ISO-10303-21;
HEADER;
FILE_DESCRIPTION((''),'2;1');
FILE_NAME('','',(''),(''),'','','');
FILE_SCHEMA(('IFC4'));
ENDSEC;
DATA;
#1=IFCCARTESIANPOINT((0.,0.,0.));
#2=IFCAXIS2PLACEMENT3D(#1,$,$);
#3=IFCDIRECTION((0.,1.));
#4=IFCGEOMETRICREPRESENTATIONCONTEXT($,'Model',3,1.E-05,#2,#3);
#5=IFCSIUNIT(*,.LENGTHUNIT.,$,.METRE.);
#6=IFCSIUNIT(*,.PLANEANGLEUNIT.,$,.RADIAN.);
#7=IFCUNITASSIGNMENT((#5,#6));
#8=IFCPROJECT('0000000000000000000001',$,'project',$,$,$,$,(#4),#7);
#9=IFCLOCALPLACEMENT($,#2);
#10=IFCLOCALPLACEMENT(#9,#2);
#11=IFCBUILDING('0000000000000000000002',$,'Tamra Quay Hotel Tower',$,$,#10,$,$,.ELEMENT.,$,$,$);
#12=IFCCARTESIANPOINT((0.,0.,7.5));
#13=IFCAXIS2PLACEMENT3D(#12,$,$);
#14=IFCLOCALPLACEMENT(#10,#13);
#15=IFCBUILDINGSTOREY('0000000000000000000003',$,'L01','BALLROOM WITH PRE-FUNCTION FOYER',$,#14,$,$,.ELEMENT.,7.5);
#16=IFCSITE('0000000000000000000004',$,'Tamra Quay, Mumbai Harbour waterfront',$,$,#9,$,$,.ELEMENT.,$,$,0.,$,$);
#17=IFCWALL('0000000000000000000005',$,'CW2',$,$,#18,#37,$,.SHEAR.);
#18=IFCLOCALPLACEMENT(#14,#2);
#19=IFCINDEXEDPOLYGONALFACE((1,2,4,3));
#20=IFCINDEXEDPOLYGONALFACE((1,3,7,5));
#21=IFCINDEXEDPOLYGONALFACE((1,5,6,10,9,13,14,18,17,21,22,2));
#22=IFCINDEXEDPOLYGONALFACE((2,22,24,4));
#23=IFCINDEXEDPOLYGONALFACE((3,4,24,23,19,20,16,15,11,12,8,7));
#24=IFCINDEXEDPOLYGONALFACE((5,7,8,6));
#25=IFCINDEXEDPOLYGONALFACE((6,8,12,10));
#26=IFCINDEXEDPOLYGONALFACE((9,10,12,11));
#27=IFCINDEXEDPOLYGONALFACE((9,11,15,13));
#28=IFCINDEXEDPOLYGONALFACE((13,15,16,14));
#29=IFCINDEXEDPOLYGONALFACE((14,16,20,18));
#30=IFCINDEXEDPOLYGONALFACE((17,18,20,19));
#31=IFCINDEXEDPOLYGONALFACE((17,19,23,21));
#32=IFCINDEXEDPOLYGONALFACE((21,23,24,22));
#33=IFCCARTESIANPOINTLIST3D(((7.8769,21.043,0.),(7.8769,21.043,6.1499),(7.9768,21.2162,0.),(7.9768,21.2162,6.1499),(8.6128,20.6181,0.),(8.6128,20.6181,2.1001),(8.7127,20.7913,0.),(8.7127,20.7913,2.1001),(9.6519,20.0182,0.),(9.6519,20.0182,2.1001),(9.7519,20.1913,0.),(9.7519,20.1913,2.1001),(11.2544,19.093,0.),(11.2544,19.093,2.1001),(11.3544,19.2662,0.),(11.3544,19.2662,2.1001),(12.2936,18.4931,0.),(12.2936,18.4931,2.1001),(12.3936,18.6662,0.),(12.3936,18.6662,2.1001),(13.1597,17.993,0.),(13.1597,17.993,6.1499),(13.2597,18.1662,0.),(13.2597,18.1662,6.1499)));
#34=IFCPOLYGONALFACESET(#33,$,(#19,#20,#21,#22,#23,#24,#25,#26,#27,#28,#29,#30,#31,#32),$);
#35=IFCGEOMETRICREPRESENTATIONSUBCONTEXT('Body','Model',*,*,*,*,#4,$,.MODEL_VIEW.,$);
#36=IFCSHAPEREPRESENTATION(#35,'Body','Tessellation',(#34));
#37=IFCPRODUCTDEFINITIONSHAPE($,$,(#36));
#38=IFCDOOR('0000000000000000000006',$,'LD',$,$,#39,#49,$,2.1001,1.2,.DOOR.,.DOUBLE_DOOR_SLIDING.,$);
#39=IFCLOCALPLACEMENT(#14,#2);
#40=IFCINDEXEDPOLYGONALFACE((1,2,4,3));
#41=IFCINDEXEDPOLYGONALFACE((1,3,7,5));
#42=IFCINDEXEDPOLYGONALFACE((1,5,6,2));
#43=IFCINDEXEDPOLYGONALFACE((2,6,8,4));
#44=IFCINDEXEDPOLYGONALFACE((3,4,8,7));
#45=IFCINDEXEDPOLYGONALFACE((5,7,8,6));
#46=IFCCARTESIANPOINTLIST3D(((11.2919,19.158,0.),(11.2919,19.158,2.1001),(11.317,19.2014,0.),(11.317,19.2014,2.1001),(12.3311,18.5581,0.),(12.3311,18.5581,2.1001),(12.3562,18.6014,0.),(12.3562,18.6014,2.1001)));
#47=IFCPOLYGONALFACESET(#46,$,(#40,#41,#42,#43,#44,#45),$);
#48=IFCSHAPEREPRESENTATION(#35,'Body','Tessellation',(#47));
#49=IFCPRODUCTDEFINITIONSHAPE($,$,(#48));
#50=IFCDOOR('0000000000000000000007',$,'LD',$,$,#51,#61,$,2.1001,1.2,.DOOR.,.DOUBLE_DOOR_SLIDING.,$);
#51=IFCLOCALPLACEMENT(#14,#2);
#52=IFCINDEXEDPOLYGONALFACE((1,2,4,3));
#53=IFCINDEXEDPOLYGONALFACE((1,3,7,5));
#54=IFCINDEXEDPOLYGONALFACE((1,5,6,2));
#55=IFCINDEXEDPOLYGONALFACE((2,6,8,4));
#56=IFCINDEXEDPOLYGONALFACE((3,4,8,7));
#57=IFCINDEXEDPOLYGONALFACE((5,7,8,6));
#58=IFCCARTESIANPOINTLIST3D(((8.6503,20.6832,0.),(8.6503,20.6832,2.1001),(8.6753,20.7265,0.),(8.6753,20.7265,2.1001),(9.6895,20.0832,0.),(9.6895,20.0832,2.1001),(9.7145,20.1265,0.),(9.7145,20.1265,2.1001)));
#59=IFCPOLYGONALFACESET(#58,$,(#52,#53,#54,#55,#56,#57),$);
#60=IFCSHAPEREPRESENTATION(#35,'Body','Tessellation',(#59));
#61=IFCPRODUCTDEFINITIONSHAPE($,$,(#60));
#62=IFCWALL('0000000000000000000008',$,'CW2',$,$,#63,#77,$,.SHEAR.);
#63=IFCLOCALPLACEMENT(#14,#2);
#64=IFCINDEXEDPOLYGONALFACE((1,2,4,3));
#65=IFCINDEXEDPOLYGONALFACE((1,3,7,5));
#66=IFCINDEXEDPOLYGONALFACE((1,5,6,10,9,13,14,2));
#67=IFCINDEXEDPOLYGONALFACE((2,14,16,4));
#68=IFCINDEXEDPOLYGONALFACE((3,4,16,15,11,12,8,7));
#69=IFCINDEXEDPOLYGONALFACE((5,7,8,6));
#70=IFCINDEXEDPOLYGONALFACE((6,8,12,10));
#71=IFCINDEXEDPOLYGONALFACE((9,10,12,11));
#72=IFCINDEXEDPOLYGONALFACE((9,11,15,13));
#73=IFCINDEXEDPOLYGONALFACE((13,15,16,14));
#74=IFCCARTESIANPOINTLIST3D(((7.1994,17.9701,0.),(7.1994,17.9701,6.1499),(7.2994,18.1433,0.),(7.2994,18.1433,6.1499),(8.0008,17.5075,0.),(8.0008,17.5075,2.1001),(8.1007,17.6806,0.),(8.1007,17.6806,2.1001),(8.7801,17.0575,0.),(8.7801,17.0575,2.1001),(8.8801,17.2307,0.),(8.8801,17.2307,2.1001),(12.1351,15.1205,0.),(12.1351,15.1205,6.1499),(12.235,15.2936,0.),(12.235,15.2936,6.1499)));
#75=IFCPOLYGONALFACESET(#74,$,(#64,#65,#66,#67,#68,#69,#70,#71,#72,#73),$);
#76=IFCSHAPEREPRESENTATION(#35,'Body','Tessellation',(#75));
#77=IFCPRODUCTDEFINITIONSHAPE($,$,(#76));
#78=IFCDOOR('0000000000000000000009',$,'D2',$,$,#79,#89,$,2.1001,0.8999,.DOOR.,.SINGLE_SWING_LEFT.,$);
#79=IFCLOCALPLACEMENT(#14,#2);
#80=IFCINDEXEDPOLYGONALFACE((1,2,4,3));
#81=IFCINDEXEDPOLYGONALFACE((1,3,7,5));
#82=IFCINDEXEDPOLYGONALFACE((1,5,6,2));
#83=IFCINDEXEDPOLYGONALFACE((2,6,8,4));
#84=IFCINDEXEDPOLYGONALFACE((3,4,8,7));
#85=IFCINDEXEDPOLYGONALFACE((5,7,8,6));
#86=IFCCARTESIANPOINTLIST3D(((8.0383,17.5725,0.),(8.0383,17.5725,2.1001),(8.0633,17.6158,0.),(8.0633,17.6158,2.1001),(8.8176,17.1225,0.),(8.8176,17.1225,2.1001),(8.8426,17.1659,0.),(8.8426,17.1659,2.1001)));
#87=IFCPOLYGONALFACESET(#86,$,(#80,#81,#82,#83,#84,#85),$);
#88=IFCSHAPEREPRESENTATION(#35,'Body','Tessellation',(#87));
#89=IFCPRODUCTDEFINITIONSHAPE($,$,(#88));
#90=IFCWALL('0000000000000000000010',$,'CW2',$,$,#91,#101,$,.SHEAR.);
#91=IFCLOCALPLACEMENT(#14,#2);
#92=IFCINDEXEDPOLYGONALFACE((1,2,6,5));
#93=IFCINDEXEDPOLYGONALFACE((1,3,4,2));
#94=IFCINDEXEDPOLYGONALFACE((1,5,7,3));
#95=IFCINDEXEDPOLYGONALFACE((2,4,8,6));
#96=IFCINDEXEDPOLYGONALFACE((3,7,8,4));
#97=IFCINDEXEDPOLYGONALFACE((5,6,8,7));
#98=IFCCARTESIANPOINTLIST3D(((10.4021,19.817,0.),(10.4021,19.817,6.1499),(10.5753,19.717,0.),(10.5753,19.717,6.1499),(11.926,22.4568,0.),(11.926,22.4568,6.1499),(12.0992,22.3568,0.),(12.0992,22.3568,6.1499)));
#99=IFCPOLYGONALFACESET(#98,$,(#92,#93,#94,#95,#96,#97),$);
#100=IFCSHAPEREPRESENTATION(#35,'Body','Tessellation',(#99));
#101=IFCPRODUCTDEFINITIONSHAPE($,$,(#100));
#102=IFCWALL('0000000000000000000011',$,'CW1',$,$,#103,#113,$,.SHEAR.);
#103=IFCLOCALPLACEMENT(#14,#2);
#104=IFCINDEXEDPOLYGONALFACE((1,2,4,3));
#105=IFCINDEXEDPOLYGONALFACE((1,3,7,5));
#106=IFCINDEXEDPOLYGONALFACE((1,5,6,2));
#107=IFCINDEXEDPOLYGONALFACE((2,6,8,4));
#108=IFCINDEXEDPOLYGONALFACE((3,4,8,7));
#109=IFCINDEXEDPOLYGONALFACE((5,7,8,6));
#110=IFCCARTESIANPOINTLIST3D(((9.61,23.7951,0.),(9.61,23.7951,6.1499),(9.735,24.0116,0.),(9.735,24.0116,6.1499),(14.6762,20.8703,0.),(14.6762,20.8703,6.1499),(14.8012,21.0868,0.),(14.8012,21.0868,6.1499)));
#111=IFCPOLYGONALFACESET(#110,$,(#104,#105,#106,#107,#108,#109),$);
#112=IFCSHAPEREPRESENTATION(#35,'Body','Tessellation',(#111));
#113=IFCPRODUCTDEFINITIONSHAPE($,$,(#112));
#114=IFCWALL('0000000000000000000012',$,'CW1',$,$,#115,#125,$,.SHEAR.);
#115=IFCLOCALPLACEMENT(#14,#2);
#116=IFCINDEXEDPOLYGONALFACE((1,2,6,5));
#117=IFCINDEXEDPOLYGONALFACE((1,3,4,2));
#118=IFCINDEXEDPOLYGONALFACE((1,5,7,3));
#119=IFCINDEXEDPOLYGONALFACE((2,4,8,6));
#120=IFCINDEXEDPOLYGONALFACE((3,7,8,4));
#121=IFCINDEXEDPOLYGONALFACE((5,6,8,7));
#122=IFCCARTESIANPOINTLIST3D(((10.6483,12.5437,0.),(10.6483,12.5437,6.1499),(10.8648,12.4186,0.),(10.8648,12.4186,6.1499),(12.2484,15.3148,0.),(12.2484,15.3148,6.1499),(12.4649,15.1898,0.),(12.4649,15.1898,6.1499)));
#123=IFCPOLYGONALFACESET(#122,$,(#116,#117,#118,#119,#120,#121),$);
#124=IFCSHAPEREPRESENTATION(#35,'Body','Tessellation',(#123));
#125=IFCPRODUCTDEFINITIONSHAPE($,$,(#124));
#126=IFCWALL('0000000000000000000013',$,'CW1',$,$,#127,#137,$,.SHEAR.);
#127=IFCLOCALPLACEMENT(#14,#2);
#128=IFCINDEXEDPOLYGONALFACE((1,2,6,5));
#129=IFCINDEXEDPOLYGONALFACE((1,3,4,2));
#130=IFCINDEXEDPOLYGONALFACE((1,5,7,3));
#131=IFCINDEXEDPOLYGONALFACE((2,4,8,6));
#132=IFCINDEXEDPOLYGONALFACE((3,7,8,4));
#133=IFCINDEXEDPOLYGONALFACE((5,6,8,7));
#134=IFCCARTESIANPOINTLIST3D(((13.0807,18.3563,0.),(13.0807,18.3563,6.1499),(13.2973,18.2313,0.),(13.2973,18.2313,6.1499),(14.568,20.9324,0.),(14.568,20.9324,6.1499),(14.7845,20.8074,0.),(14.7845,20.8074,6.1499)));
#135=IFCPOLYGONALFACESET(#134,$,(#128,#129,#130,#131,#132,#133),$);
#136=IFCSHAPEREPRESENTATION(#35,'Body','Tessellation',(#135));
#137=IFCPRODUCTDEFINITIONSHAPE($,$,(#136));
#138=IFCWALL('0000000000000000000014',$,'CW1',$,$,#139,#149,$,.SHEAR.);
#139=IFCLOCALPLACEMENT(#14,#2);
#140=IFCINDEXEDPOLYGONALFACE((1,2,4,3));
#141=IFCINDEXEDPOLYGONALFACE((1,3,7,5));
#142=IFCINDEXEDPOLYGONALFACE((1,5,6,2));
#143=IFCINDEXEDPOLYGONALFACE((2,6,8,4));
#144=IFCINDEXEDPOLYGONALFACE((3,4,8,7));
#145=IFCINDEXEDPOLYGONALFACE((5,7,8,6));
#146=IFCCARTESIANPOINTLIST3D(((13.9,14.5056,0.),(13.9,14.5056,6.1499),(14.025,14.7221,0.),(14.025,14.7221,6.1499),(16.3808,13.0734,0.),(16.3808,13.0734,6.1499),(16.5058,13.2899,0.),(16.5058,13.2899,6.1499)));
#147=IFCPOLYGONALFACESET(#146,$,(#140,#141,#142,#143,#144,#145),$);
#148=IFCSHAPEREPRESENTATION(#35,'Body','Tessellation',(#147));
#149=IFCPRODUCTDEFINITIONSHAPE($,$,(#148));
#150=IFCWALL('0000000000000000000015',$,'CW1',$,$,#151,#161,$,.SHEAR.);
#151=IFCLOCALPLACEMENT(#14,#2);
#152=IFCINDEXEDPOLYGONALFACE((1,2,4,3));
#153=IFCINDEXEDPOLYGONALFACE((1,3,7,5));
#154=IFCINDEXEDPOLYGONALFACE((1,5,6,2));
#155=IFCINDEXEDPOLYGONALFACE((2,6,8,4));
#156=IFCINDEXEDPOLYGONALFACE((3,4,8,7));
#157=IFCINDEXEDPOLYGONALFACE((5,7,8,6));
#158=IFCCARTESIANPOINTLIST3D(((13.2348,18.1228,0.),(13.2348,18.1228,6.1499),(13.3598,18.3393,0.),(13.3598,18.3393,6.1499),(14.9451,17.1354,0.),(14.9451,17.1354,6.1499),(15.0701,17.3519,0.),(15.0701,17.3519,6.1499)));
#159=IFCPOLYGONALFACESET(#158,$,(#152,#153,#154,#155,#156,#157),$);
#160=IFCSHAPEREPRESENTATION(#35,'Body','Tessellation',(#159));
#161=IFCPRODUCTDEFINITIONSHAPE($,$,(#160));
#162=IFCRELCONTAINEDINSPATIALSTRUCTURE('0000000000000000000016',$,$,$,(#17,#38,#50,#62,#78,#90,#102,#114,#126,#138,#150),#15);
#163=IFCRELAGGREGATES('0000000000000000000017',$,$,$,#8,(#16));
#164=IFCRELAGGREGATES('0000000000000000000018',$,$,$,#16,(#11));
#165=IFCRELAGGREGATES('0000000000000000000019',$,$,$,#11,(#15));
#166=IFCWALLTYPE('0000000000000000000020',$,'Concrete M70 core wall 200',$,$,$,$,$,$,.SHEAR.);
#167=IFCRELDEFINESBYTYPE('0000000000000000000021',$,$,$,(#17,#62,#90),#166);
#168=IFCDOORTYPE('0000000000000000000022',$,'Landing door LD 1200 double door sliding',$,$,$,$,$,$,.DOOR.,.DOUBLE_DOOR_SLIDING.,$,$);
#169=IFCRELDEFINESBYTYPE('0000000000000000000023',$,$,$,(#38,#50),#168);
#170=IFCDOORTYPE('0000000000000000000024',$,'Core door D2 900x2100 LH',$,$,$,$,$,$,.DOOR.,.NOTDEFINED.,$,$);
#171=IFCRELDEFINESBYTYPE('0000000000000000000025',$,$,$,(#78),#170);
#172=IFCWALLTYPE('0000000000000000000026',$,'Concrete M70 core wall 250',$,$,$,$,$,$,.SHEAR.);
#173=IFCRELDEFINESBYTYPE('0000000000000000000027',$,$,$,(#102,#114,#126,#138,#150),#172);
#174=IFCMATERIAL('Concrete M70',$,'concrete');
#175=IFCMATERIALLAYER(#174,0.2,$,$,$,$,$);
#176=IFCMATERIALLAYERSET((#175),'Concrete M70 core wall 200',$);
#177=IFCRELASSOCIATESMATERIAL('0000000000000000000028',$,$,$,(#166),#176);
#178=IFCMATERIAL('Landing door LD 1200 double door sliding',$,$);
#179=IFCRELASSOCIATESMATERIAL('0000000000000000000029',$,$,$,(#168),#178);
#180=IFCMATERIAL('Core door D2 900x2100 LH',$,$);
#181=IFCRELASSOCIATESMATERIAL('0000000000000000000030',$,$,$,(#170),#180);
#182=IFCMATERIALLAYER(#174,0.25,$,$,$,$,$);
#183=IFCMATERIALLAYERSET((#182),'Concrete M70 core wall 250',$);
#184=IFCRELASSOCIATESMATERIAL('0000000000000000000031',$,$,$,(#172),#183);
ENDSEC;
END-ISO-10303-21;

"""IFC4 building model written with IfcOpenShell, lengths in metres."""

from ifc_helpers import new_model, si_unit, direction, frame, frame_2d, origin, place, context, subcontext, project, spatial, rectangle, extrude, material, layer, layer_set, type_object, element, fill, save


model = new_model("IFC4")

# Units and contexts
model_context = context("Model", 3, precision=1e-05, world=origin(), true_north=direction((0.0, 1.0)))
body_context = subcontext(model_context, "Body", "Model", "MODEL_VIEW")
ifc_project = project(units=[si_unit("LENGTHUNIT", "METRE"), si_unit("PLANEANGLEUNIT", "RADIAN")], contexts=[model_context])

# Site, building, storey
site_placement = place(None, origin())
site = spatial("IfcSite", under=ifc_project, at=site_placement, Name="Tamra Quay, Mumbai Harbour waterfront", CompositionType="ELEMENT", RefElevation=0.0)
building_placement = place(site_placement, origin())
building = spatial("IfcBuilding", under=site, at=building_placement, Name="Tamra Quay Hotel Tower", CompositionType="ELEMENT")
storey_placement = place(building_placement, frame((0.0, 0.0, 7.5)))
storey = spatial("IfcBuildingStorey", under=building, at=storey_placement, Name="L01", Description="BALLROOM WITH PRE-FUNCTION FOYER", CompositionType="ELEMENT", Elevation=7.5)

# Shared definitions
ifc_material_1 = material(Name="Concrete M70", Category="concrete")

# Wall, openings, doors
ifc_layer_1 = layer(ifc_material_1, 0.2)
ifc_layer_set_1 = layer_set([ifc_layer_1], Name="Concrete M70 core wall 200")
wall_type_1 = type_object("IfcWallType", Name="Concrete M70 core wall 200", PredefinedType="SHEAR", material=ifc_layer_set_1)
wall_1_placement = place(storey_placement, frame((13.2097, 18.0796, 0.0), z_axis=(0.0, 0.0, 1.0), x_axis=(-0.86603, 0.499992, 0.0)))
wall_1 = element("IfcWall", 1, at=wall_1_placement, inside=storey, type_object=wall_type_1, Name="CW2", PredefinedType="SHEAR", context=body_context, shape_type="SweptSolid", body=[
    extrude(rectangle(XDim=6.1001, YDim=0.2, at=frame_2d((3.05, 0.0))), origin(), (0.0, 0.0, 1.0), 6.1499),
])
opening_1_placement = place(wall_1_placement, frame((1.0, 0.0, 0.0)))
opening_1 = element("IfcOpeningElement", 2, at=opening_1_placement, cuts=wall_1, PredefinedType="OPENING", context=body_context, shape_type="SweptSolid", body=[
    extrude(rectangle(XDim=1.2, YDim=2.1001, at=frame_2d((0.6001, 1.05))), frame((0.0, 0.1099, 0.0), z_axis=(0.0, -1.0, 0.0), x_axis=(1.0, 0.0, 0.0)), (0.0, 0.0, 1.0), 0.22),
])
opening_2_placement = place(wall_1_placement, frame((4.0503, 0.0, 0.0)))
opening_2 = element("IfcOpeningElement", 3, at=opening_2_placement, cuts=wall_1, PredefinedType="OPENING", context=body_context, shape_type="SweptSolid", body=[
    extrude(rectangle(XDim=1.2, YDim=2.1001, at=frame_2d((0.6001, 1.05))), frame((0.0, 0.1099, 0.0), z_axis=(0.0, -1.0, 0.0), x_axis=(1.0, 0.0, 0.0)), (0.0, 0.0, 1.0), 0.22),
])
ifc_material_2 = material(Name="Landing door LD 1200 double door sliding")
door_type_1 = type_object("IfcDoorType", Name="Landing door LD 1200 double door sliding", OperationType="DOUBLE_DOOR_SLIDING", PredefinedType="DOOR", material=ifc_material_2)
door_1_placement = place(opening_1_placement, origin())
door_1 = element("IfcDoor", 4, at=door_1_placement, inside=storey, type_object=door_type_1, Name="LD", OperationType="DOUBLE_DOOR_SLIDING", OverallHeight=2.1001, OverallWidth=1.2, PredefinedType="DOOR", context=body_context, shape_type="SweptSolid", body=[
    extrude(rectangle(XDim=1.2, YDim=2.1001, at=frame_2d((0.6001, 1.05))), frame((0.0, 0.0249, 0.0), z_axis=(0.0, -1.0, 0.0), x_axis=(1.0, 0.0, 0.0)), (0.0, 0.0, 1.0), 0.05),
])
fill(opening_1, door_1)
door_2_placement = place(opening_2_placement, origin())
door_2 = element("IfcDoor", 5, at=door_2_placement, inside=storey, type_object=door_type_1, Name="LD", OperationType="DOUBLE_DOOR_SLIDING", OverallHeight=2.1001, OverallWidth=1.2, PredefinedType="DOOR", context=body_context, shape_type="SweptSolid", body=[
    extrude(rectangle(XDim=1.2, YDim=2.1001, at=frame_2d((0.6001, 1.05))), frame((0.0, 0.0249, 0.0), z_axis=(0.0, -1.0, 0.0), x_axis=(1.0, 0.0, 0.0)), (0.0, 0.0, 1.0), 0.05),
])
fill(opening_2, door_2)

# Wall, opening, door
wall_2_placement = place(storey_placement, frame((12.1851, 15.207, 0.0), z_axis=(0.0, 0.0, 1.0), x_axis=(-0.86602, 0.500009, 0.0)))
wall_2 = element("IfcWall", 6, at=wall_2_placement, inside=storey, type_object=wall_type_1, Name="CW2", PredefinedType="SHEAR", context=body_context, shape_type="SweptSolid", body=[
    extrude(rectangle(XDim=5.6992, YDim=0.2, at=frame_2d((2.8496, 0.0))), origin(), (0.0, 0.0, 1.0), 6.1499),
])
opening_3_placement = place(wall_2_placement, frame((3.874, 0.0, 0.0)))
opening_3 = element("IfcOpeningElement", 7, at=opening_3_placement, cuts=wall_2, PredefinedType="OPENING", context=body_context, shape_type="SweptSolid", body=[
    extrude(rectangle(XDim=0.8999, YDim=2.1001, at=frame_2d((0.45, 1.05))), frame((0.0, 0.1099, 0.0), z_axis=(0.0, -1.0, 0.0), x_axis=(1.0, 0.0, 0.0)), (0.0, 0.0, 1.0), 0.22),
])
ifc_material_3 = material(Name="Core door D2 900x2100 LH")
door_type_2 = type_object("IfcDoorType", Name="Core door D2 900x2100 LH", OperationType="NOTDEFINED", PredefinedType="DOOR", material=ifc_material_3)
door_3_placement = place(opening_3_placement, origin())
door_3 = element("IfcDoor", 8, at=door_3_placement, inside=storey, type_object=door_type_2, Name="D2", OperationType="SINGLE_SWING_LEFT", OverallHeight=2.1001, OverallWidth=0.8999, PredefinedType="DOOR", context=body_context, shape_type="SweptSolid", body=[
    extrude(rectangle(XDim=0.8999, YDim=2.1001, at=frame_2d((0.45, 1.05))), frame((0.0, 0.0249, 0.0), z_axis=(0.0, -1.0, 0.0), x_axis=(1.0, 0.0, 0.0)), (0.0, 0.0, 1.0), 0.05),
])
fill(opening_3, door_3)

# Walls
wall_3_placement = place(storey_placement, frame((10.4888, 19.7671, 0.0), z_axis=(0.0, 0.0, 1.0), x_axis=(0.499947, 0.866056, 0.0)))
element("IfcWall", 9, at=wall_3_placement, inside=storey, type_object=wall_type_1, Name="CW2", PredefinedType="SHEAR", context=body_context, shape_type="SweptSolid", body=[
    extrude(rectangle(XDim=3.0481, YDim=0.2, at=frame_2d((1.5239, 0.0))), origin(), (0.0, 0.0, 1.0), 6.1499),
])
ifc_layer_2 = layer(ifc_material_1, 0.25)
ifc_layer_set_2 = layer_set([ifc_layer_2], Name="Concrete M70 core wall 250")
wall_type_2 = type_object("IfcWallType", Name="Concrete M70 core wall 250", PredefinedType="SHEAR", material=ifc_layer_set_2)
wall_4_placement = place(storey_placement, frame((9.6726, 23.9033, 0.0), z_axis=(0.0, 0.0, 1.0), x_axis=(0.866036, -0.499981, 0.0)))
element("IfcWall", 10, at=wall_4_placement, inside=storey, type_object=wall_type_2, Name="CW1", PredefinedType="SHEAR", context=body_context, shape_type="SweptSolid", body=[
    extrude(rectangle(XDim=5.8499, YDim=0.25, at=frame_2d((2.9248, 0.0))), origin(), (0.0, 0.0, 1.0), 6.1499),
])
wall_5_placement = place(storey_placement, frame((12.3567, 15.2524, 0.0), z_axis=(0.0, 0.0, 1.0), x_axis=(-0.500028, -0.866009, 0.0)))
element("IfcWall", 11, at=wall_5_placement, inside=storey, type_object=wall_type_2, Name="CW1", PredefinedType="SHEAR", context=body_context, shape_type="SweptSolid", body=[
    extrude(rectangle(XDim=3.2, YDim=0.25, at=frame_2d((1.6001, 0.0))), origin(), (0.0, 0.0, 1.0), 6.1499),
])
wall_6_placement = place(storey_placement, frame((14.6763, 20.8699, 0.0), z_axis=(0.0, 0.0, 1.0), x_axis=(-0.499988, -0.866033, 0.0)))
element("IfcWall", 12, at=wall_6_placement, inside=storey, type_object=wall_type_2, Name="CW1", PredefinedType="SHEAR", context=body_context, shape_type="SweptSolid", body=[
    extrude(rectangle(XDim=2.9746, YDim=0.25, at=frame_2d((1.4873, 0.0))), origin(), (0.0, 0.0, 1.0), 6.1499),
])
wall_7_placement = place(storey_placement, frame((13.9626, 14.6138, 0.0), z_axis=(0.0, 0.0, 1.0), x_axis=(0.866042, -0.499971, 0.0)))
element("IfcWall", 13, at=wall_7_placement, inside=storey, type_object=wall_type_2, Name="CW1", PredefinedType="SHEAR", context=body_context, shape_type="SweptSolid", body=[
    extrude(rectangle(XDim=2.8645, YDim=0.25, at=frame_2d((1.4321, 0.0))), origin(), (0.0, 0.0, 1.0), 6.1499),
])
wall_8_placement = place(storey_placement, frame((13.2974, 18.231, 0.0), z_axis=(0.0, 0.0, 1.0), x_axis=(0.866044, -0.499969, 0.0)))
element("IfcWall", 14, at=wall_8_placement, inside=storey, type_object=wall_type_2, Name="CW1", PredefinedType="SHEAR", context=body_context, shape_type="SweptSolid", body=[
    extrude(rectangle(XDim=1.9749, YDim=0.25, at=frame_2d((0.9873, 0.0))), origin(), (0.0, 0.0, 1.0), 6.1499),
])

save(model, "model.ifc")
